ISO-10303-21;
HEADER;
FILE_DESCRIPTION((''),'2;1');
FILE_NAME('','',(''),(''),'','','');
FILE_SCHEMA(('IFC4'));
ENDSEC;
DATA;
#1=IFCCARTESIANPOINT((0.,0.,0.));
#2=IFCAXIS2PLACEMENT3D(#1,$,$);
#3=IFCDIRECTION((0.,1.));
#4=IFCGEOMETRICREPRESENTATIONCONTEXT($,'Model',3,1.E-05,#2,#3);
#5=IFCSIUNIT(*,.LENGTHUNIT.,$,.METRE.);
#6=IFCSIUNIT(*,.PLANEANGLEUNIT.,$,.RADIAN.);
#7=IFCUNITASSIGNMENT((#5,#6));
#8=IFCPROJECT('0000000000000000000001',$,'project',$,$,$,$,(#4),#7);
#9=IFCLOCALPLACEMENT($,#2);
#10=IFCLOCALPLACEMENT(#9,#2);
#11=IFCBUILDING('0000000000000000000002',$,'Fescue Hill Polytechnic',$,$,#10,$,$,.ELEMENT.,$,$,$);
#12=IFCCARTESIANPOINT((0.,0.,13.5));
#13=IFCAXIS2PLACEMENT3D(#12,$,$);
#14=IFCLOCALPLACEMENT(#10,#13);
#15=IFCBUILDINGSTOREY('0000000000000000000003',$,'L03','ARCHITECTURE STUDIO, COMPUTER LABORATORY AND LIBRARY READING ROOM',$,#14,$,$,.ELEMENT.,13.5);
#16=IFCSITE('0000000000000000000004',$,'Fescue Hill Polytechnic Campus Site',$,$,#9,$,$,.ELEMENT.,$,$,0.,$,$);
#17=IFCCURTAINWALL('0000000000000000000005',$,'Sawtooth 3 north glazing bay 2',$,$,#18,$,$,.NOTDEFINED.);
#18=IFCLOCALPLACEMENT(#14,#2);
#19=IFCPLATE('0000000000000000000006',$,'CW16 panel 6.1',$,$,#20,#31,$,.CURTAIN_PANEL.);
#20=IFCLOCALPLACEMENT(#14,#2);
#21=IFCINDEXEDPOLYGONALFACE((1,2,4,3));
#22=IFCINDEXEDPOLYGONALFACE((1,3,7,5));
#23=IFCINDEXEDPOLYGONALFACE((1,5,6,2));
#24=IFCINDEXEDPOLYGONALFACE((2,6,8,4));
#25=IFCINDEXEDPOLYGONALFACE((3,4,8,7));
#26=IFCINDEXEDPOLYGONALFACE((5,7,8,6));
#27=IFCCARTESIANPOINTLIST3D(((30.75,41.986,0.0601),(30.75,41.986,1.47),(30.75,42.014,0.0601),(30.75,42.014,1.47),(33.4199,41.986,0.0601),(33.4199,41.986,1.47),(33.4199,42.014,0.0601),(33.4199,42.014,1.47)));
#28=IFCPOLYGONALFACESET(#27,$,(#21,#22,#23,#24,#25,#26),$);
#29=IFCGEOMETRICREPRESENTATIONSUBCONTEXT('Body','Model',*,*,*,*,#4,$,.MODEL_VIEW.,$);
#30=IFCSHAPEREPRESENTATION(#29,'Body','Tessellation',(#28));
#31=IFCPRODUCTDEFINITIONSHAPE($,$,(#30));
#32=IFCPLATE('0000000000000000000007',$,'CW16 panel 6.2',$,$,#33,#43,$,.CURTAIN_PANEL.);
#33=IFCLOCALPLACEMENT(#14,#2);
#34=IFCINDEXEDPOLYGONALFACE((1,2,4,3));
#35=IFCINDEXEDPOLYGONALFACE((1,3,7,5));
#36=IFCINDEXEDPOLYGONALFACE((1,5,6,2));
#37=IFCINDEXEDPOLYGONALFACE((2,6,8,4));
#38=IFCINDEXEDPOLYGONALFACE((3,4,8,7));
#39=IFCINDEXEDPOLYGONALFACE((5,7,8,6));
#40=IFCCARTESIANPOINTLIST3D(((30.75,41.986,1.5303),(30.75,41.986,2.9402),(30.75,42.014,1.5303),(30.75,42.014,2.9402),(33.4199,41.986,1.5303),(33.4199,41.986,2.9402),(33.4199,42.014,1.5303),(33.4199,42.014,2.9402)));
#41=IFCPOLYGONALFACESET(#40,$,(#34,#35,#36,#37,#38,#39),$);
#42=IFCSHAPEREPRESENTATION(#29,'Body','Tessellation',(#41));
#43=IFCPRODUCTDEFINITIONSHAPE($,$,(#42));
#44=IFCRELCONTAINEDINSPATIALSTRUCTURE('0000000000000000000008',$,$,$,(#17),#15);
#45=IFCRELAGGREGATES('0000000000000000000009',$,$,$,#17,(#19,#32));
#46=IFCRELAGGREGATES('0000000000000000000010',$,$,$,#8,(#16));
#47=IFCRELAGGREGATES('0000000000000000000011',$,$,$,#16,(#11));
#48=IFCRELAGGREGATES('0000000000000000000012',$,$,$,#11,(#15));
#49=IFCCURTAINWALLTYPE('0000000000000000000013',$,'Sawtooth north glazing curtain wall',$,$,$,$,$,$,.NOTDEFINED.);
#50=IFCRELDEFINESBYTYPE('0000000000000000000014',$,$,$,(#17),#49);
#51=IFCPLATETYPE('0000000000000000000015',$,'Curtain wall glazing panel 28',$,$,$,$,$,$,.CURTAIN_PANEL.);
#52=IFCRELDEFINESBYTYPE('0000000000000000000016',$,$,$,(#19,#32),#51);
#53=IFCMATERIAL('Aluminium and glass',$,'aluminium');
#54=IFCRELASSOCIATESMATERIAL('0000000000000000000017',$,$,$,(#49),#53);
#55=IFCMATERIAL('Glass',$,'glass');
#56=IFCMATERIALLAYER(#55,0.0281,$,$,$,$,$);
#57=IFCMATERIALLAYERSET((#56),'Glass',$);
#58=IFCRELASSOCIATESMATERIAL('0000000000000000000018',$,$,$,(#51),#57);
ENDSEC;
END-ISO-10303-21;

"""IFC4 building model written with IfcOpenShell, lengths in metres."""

from ifc_helpers import new_model, si_unit, direction, frame, origin, origin_2d, place, context, subcontext, project, spatial, rectangle, extrude, material, layer, layer_set, type_object, element, aggregate, save


model = new_model("IFC4")

# Units and contexts
model_context = context("Model", 3, precision=1e-05, world=origin(), true_north=direction((0.0, 1.0)))
body_context = subcontext(model_context, "Body", "Model", "MODEL_VIEW")
ifc_project = project(units=[si_unit("LENGTHUNIT", "METRE"), si_unit("PLANEANGLEUNIT", "RADIAN")], contexts=[model_context])

# Site, building, storey
site_placement = place(None, origin())
site = spatial("IfcSite", under=ifc_project, at=site_placement, Name="Fescue Hill Polytechnic Campus Site", CompositionType="ELEMENT", RefElevation=0.0)
building_placement = place(site_placement, origin())
building = spatial("IfcBuilding", under=site, at=building_placement, Name="Fescue Hill Polytechnic", CompositionType="ELEMENT")
storey_placement = place(building_placement, frame((0.0, 0.0, 13.5)))
storey = spatial("IfcBuildingStorey", under=building, at=storey_placement, Name="L03", Description="ARCHITECTURE STUDIO, COMPUTER LABORATORY AND LIBRARY READING ROOM", CompositionType="ELEMENT", Elevation=13.5)

# Curtain wall
ifc_material_1 = material(Name="Aluminium and glass", Category="aluminium")
curtain_wall_type = type_object("IfcCurtainWallType", Name="Sawtooth north glazing curtain wall", PredefinedType="NOTDEFINED", material=ifc_material_1)
curtain_wall_placement = place(storey_placement, origin())
curtain_wall = element("IfcCurtainWall", 1, at=curtain_wall_placement, inside=storey, type_object=curtain_wall_type, Name="Sawtooth 3 north glazing bay 2", PredefinedType="NOTDEFINED")

# Plates
ifc_material_2 = material(Name="Glass", Category="glass")
ifc_layer = layer(ifc_material_2, 0.0281)
ifc_layer_set = layer_set([ifc_layer], Name="Glass")
plate_type = type_object("IfcPlateType", Name="Curtain wall glazing panel 28", PredefinedType="CURTAIN_PANEL", material=ifc_layer_set)
plate_1_placement = place(storey_placement, frame((32.085, 42.0, 0.0601), z_axis=(0.0, 0.0, 1.0), x_axis=(1.0, 0.0, 0.0)))
plate_1 = element("IfcPlate", 2, at=plate_1_placement, type_object=plate_type, Name="CW16 panel 6.1", PredefinedType="CURTAIN_PANEL", context=body_context, shape_type="SweptSolid", body=[
    extrude(rectangle(XDim=2.6699, YDim=0.0281, at=origin_2d()), origin(), (0.0, 0.0, 1.0), 1.4099),
])
plate_2_placement = place(storey_placement, frame((32.085, 42.0, 1.5303), z_axis=(0.0, 0.0, 1.0), x_axis=(1.0, 0.0, 0.0)))
plate_2 = element("IfcPlate", 3, at=plate_2_placement, type_object=plate_type, Name="CW16 panel 6.2", PredefinedType="CURTAIN_PANEL", context=body_context, shape_type="SweptSolid", body=[
    extrude(rectangle(XDim=2.6699, YDim=0.0281, at=origin_2d()), origin(), (0.0, 0.0, 1.0), 1.4099),
])
aggregate(curtain_wall, [plate_1, plate_2])

save(model, "model.ifc")
